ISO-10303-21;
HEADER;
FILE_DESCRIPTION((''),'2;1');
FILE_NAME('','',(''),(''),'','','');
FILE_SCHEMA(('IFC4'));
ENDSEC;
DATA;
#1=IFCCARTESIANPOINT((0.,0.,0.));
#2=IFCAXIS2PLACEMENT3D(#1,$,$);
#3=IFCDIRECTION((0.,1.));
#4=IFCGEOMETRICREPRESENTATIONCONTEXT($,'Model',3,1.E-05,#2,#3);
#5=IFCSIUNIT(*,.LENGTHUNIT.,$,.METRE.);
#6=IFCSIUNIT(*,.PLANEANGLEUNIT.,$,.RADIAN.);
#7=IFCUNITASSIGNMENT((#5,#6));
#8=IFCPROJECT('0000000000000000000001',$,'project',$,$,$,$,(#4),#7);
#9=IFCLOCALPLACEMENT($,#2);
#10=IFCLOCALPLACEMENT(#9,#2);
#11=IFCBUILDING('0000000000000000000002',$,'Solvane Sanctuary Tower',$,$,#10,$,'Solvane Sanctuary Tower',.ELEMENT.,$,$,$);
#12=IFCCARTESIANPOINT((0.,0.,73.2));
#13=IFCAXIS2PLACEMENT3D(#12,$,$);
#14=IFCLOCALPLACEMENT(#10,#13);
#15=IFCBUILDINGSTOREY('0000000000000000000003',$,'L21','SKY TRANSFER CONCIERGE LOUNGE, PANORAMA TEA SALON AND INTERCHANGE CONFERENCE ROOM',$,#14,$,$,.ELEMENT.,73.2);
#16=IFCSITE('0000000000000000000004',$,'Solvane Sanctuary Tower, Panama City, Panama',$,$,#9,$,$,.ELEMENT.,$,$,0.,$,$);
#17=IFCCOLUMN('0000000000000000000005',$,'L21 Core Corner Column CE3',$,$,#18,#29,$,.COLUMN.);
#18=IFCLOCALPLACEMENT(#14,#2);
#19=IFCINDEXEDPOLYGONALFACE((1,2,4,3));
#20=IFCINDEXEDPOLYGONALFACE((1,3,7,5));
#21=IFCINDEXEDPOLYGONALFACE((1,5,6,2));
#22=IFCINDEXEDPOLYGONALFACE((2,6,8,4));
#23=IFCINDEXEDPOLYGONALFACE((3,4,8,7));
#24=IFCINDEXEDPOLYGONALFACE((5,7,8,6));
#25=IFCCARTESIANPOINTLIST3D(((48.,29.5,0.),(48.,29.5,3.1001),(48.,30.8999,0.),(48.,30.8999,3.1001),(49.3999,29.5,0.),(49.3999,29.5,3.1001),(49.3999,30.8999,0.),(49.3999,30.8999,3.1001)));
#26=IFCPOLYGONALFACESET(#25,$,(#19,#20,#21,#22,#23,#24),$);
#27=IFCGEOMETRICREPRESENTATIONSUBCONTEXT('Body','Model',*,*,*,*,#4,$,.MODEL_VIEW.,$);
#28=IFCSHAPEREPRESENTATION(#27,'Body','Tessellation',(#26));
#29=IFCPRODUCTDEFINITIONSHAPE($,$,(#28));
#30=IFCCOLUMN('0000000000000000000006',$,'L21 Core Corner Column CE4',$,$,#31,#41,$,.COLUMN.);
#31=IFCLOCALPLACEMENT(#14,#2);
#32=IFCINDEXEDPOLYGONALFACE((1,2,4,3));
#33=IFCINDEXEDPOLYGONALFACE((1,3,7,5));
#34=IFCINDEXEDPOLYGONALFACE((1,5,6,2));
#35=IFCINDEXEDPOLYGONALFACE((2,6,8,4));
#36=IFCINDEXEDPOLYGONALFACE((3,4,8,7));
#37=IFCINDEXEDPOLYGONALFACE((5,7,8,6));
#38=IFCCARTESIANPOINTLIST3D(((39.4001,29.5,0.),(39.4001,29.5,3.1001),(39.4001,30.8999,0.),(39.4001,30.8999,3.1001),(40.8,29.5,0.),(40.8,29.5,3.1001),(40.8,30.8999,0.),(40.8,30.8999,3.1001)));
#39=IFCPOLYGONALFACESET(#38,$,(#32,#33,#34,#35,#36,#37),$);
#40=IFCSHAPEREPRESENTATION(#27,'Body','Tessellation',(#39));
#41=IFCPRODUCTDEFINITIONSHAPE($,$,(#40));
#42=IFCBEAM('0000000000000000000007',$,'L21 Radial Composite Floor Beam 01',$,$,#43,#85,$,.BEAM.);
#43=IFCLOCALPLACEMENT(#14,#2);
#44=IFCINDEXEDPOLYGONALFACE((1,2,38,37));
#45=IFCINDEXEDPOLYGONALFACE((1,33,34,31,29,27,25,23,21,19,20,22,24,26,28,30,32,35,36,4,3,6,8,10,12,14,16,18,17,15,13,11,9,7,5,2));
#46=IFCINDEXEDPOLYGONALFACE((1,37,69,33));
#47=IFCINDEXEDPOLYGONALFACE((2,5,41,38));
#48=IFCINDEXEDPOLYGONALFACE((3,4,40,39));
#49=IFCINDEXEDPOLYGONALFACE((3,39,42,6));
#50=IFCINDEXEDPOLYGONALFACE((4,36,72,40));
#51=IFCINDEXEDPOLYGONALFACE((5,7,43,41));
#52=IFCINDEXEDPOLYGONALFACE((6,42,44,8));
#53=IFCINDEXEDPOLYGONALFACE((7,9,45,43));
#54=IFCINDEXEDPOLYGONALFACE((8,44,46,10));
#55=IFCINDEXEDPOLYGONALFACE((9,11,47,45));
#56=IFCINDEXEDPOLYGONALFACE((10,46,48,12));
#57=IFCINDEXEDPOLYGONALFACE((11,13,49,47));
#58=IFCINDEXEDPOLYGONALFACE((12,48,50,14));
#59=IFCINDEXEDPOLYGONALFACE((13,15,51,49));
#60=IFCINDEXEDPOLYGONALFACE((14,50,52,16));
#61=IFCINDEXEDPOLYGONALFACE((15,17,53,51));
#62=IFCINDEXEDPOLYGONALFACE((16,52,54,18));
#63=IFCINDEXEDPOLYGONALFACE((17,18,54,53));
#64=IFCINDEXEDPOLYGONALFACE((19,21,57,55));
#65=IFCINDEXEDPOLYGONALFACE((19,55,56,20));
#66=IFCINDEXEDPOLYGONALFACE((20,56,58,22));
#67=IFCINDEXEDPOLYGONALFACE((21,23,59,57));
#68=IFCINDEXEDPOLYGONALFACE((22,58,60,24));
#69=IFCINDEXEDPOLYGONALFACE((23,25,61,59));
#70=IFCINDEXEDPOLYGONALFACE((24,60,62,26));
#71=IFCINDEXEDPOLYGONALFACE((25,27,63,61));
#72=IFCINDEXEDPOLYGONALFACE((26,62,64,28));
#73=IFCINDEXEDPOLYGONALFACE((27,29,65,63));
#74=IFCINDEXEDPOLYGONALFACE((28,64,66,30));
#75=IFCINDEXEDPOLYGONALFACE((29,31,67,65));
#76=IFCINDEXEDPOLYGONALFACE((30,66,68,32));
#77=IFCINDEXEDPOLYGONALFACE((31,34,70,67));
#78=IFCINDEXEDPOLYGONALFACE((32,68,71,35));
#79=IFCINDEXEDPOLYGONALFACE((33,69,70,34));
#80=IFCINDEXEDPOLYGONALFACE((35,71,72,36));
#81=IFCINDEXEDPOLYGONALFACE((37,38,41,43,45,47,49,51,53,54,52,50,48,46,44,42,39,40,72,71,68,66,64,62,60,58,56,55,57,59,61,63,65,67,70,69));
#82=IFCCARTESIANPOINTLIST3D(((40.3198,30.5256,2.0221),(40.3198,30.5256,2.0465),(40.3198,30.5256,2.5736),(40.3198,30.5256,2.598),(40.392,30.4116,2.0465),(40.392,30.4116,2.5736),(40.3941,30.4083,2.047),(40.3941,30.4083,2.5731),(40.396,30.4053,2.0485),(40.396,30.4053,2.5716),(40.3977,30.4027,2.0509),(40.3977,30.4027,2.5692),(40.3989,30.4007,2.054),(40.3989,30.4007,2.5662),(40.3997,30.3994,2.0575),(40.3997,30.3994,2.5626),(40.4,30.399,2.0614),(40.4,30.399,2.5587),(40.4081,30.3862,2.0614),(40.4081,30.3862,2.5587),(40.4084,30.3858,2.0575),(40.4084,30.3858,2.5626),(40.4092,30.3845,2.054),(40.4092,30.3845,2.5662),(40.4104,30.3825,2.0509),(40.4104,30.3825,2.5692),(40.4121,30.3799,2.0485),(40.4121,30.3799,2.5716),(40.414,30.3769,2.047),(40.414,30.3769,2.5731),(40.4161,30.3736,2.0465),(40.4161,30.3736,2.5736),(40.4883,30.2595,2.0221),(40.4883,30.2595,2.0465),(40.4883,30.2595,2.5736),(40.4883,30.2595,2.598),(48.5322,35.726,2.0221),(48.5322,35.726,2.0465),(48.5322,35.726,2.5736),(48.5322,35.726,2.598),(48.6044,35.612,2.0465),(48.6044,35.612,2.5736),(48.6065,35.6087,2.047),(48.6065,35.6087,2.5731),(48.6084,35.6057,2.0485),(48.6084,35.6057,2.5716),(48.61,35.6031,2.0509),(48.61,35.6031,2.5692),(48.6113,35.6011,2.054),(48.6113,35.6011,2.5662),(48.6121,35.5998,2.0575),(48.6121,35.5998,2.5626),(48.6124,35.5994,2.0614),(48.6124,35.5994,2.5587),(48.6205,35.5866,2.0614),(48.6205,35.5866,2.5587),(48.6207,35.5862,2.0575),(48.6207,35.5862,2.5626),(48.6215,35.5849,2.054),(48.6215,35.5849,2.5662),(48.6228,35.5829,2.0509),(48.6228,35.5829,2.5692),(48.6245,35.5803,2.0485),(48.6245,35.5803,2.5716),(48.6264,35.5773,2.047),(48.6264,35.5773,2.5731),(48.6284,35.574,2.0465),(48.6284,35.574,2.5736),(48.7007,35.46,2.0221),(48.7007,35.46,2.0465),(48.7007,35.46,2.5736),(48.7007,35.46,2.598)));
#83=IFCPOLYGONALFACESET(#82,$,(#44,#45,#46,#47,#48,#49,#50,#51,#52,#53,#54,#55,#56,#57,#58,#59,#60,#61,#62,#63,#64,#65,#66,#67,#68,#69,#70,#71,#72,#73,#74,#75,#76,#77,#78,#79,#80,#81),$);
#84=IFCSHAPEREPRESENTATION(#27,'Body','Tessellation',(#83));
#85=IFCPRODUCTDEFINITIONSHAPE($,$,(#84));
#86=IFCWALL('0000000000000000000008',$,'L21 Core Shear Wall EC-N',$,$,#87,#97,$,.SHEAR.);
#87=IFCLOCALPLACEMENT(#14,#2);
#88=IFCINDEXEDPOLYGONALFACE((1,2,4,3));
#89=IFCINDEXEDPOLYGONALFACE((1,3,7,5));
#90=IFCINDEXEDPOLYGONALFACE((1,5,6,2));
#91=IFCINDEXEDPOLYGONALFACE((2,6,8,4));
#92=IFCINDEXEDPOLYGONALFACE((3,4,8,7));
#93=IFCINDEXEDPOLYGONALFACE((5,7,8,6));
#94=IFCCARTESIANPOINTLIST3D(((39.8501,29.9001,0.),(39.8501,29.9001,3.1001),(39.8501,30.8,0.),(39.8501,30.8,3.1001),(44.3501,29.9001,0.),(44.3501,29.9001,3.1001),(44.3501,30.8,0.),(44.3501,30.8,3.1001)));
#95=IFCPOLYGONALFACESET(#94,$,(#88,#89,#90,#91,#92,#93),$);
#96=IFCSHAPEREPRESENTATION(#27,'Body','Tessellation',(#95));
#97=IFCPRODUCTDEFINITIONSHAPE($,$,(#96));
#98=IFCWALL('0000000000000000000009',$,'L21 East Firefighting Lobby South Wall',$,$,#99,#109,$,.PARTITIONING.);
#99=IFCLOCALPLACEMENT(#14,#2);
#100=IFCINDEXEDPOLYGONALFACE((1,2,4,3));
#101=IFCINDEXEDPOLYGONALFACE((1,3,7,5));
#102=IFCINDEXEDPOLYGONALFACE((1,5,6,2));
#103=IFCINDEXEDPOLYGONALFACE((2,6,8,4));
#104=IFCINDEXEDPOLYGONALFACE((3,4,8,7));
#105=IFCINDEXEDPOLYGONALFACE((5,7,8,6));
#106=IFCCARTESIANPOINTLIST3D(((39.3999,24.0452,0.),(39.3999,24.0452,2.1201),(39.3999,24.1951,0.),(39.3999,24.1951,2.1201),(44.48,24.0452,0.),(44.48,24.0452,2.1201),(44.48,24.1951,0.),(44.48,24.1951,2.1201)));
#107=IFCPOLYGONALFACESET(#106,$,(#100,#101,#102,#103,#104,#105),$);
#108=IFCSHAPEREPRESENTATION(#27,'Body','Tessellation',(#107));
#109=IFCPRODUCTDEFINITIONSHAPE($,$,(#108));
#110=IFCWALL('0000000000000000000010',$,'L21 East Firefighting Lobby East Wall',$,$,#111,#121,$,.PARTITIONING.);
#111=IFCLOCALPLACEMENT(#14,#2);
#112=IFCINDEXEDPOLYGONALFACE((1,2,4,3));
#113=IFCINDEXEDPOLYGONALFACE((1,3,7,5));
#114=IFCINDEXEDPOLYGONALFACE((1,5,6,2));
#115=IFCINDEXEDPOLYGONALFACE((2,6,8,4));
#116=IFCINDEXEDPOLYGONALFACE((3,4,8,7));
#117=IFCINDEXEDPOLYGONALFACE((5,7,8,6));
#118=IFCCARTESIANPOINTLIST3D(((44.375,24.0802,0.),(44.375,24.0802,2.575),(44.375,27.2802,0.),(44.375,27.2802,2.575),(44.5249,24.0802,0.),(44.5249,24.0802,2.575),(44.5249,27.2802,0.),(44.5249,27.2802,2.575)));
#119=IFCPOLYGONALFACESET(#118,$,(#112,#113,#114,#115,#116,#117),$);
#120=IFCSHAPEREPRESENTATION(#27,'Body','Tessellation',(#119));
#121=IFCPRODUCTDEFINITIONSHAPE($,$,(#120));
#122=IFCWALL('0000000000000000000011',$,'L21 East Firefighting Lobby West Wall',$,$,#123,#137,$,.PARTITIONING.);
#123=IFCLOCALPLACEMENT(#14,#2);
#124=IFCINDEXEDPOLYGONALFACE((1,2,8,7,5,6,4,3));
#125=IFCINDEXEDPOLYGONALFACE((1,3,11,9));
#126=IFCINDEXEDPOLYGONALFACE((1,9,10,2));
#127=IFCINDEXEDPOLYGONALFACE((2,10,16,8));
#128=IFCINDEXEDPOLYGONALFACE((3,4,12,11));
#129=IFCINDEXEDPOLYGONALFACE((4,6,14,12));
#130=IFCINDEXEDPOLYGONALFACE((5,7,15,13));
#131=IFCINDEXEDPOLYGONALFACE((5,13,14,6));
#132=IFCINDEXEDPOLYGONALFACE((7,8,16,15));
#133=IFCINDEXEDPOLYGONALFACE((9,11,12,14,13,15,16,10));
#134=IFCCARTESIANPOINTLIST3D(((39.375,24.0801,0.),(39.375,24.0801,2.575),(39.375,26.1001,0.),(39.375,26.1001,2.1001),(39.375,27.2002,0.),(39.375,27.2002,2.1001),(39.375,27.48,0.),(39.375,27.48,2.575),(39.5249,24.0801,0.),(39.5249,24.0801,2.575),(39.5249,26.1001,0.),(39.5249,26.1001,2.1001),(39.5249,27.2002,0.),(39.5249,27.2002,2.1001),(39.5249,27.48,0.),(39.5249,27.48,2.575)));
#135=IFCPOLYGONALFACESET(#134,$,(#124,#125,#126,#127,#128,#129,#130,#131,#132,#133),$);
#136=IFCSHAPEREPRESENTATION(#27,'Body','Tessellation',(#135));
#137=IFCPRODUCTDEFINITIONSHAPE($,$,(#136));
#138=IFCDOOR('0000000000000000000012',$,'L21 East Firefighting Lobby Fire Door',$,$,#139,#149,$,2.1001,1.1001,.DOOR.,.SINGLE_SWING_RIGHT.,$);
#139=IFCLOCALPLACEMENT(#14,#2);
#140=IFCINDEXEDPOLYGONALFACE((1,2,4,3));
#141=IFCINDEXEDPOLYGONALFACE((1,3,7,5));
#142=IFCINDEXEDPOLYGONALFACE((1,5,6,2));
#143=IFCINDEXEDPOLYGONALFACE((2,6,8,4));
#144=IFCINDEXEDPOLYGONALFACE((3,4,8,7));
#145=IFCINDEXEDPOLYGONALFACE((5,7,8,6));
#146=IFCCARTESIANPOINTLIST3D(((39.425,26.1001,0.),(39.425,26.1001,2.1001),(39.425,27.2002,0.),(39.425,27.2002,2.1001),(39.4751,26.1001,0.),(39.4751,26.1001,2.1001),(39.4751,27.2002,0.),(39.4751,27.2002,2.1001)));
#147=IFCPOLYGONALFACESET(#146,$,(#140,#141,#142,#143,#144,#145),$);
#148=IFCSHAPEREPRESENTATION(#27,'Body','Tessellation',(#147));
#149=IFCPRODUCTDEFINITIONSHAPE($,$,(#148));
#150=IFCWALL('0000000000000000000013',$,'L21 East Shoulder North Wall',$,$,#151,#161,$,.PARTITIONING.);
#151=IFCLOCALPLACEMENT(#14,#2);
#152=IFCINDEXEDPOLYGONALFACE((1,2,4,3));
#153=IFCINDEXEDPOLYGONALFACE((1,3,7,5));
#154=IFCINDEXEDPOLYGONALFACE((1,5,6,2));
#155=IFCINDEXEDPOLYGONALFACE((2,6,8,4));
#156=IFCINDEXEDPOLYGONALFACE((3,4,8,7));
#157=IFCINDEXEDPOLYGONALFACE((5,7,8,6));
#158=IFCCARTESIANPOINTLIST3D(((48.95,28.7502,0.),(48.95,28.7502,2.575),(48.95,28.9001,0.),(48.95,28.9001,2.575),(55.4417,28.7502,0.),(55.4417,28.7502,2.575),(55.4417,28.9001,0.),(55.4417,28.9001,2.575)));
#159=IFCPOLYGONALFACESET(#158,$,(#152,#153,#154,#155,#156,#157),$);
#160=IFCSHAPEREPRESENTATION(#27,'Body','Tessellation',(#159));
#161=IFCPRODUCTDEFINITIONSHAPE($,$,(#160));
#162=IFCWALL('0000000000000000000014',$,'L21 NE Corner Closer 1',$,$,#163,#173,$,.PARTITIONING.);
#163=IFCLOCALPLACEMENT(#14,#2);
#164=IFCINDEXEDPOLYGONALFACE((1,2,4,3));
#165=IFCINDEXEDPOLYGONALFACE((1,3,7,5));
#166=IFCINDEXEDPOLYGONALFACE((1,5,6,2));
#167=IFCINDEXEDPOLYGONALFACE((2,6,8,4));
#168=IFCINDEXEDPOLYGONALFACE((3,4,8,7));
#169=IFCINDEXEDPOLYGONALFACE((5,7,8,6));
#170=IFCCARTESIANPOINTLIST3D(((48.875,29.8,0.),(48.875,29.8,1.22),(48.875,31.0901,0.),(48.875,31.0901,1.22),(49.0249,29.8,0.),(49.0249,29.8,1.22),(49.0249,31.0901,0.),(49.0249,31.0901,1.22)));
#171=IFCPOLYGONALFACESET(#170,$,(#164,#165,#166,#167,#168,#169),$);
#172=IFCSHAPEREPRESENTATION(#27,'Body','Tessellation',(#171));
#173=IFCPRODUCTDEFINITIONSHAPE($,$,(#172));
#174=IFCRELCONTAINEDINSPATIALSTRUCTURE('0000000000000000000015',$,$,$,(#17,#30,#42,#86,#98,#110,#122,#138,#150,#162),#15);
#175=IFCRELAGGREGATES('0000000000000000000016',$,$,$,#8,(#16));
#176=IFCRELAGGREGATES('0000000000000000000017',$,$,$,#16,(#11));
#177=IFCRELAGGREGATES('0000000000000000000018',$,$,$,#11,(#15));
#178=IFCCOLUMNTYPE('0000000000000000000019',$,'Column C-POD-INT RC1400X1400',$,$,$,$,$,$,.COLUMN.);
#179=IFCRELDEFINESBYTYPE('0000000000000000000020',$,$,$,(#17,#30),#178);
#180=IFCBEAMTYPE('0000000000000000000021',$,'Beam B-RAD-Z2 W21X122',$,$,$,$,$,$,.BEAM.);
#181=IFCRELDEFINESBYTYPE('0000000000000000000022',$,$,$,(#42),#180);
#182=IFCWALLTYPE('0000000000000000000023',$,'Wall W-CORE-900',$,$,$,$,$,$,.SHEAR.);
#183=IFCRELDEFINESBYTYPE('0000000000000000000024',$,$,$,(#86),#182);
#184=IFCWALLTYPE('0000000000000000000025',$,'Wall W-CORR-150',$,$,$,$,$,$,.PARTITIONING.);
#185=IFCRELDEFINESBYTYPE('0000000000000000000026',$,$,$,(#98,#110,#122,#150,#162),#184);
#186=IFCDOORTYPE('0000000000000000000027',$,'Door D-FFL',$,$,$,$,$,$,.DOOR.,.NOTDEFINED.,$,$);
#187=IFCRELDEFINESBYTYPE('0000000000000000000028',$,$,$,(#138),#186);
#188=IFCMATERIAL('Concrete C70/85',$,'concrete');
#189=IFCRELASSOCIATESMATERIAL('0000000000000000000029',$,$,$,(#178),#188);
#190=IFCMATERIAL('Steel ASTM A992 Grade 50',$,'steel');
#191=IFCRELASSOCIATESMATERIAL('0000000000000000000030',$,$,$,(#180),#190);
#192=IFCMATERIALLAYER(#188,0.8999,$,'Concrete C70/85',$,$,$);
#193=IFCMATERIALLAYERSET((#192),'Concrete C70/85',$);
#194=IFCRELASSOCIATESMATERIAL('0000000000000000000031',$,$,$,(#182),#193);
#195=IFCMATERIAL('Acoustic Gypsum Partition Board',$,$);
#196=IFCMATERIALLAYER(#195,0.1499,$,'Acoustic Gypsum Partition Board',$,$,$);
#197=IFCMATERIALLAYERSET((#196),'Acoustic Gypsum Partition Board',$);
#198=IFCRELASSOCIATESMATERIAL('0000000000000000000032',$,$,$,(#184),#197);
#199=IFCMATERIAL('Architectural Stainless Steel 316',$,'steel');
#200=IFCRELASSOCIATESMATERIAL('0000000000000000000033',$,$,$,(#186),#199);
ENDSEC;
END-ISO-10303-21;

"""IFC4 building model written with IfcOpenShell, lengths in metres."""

from ifc_helpers import new_model, si_unit, direction, frame, frame_2d, origin, origin_2d, place, context, subcontext, project, spatial, rectangle, i_section, extrude, material, layer, layer_set, material_profile, profile_set, type_object, element, fill, save


model = new_model("IFC4")

# Units and contexts
model_context = context("Model", 3, precision=1e-05, world=origin(), true_north=direction((0.0, 1.0)))
body_context = subcontext(model_context, "Body", "Model", "MODEL_VIEW")
ifc_project = project(units=[si_unit("LENGTHUNIT", "METRE"), si_unit("PLANEANGLEUNIT", "RADIAN")], contexts=[model_context])

# Site, building, storey
site_placement = place(None, origin())
site = spatial("IfcSite", under=ifc_project, at=site_placement, Name="Solvane Sanctuary Tower, Panama City, Panama", CompositionType="ELEMENT", RefElevation=0.0)
building_placement = place(site_placement, origin())
building = spatial("IfcBuilding", under=site, at=building_placement, Name="Solvane Sanctuary Tower", LongName="Solvane Sanctuary Tower", CompositionType="ELEMENT")
storey_placement = place(building_placement, frame((0.0, 0.0, 73.2)))
storey = spatial("IfcBuildingStorey", under=building, at=storey_placement, Name="L21", Description="SKY TRANSFER CONCIERGE LOUNGE, PANORAMA TEA SALON AND INTERCHANGE CONFERENCE ROOM", CompositionType="ELEMENT", Elevation=73.2)

# Columns
ifc_material_1 = material(Name="Concrete C70/85", Category="concrete")
ifc_material_profile_1 = material_profile(ifc_material_1, rectangle(XDim=1.3999, YDim=1.3999, at=origin_2d()), Name="RC1400X1400")
ifc_profile_set_1 = profile_set([ifc_material_profile_1], Name="Concrete C70/85")
column_type = type_object("IfcColumnType", Name="Column C-POD-INT RC1400X1400", PredefinedType="COLUMN", material=ifc_profile_set_1)
for number, where, z_axis, x_axis, name in (
    (1, (48.7, 30.2, 0.0), (0.0, 0.0, 1.0), (1.0, 0.0, 0.0), "L21 Core Corner Column CE3"),
    (2, (40.1001, 30.2, 0.0), (0.0, 0.0, 1.0), (1.0, 0.0, 0.0), "L21 Core Corner Column CE4"),
):
    element("IfcColumn", number, at=place(storey_placement, frame(where, z_axis=z_axis, x_axis=x_axis)), inside=storey, type_object=column_type, Name=name, PredefinedType="COLUMN", context=body_context, shape_type="SweptSolid", body=[
        extrude(rectangle(XDim=1.3999, YDim=1.3999, at=origin_2d()), origin(), (0.0, 0.0, 1.0), 3.1001),
    ])

# Beam
ifc_material_2 = material(Name="Steel ASTM A992 Grade 50", Category="steel")
ifc_material_profile_2 = material_profile(ifc_material_2, i_section(OverallWidth=0.3149, OverallDepth=0.5759, WebThickness=0.0151, FlangeThickness=0.0244, FilletRadius=0.0149, at=origin_2d()), Name="W21X122")
ifc_profile_set_2 = profile_set([ifc_material_profile_2], Name="Steel ASTM A992 Grade 50")
beam_type = type_object("IfcBeamType", Name="Beam B-RAD-Z2 W21X122", PredefinedType="BEAM", material=ifc_profile_set_2)
beam_placement = place(storey_placement, frame((40.4041, 30.3926, 2.3101), z_axis=(0.844854, 0.534997, 0.0), x_axis=(-0.534997, 0.844854, 0.0)))
element("IfcBeam", 3, at=beam_placement, inside=storey, type_object=beam_type, Name="L21 Radial Composite Floor Beam 01", PredefinedType="BEAM", context=body_context, shape_type="SweptSolid", body=[
    extrude(i_section(OverallWidth=0.3149, OverallDepth=0.5759, WebThickness=0.0151, FlangeThickness=0.0244, FilletRadius=0.0149, at=origin_2d()), origin(), (0.0, 0.0, 1.0), 9.7205),
])

# Walls
ifc_layer_1 = layer(ifc_material_1, 0.8999, Name="Concrete C70/85")
ifc_layer_set_1 = layer_set([ifc_layer_1], Name="Concrete C70/85")
wall_type_1 = type_object("IfcWallType", Name="Wall W-CORE-900", PredefinedType="SHEAR", material=ifc_layer_set_1)
wall_1_placement = place(storey_placement, frame((39.8501, 30.3501, 0.0), z_axis=(0.0, 0.0, 1.0), x_axis=(1.0, 0.0, 0.0)))
element("IfcWall", 4, at=wall_1_placement, inside=storey, type_object=wall_type_1, Name="L21 Core Shear Wall EC-N", PredefinedType="SHEAR", context=body_context, shape_type="SweptSolid", body=[
    extrude(rectangle(XDim=4.5, YDim=0.8999, at=frame_2d((2.25, 0.0))), origin(), (0.0, 0.0, 1.0), 3.1001),
])
ifc_material_3 = material(Name="Acoustic Gypsum Partition Board")
ifc_layer_2 = layer(ifc_material_3, 0.1499, Name="Acoustic Gypsum Partition Board")
ifc_layer_set_2 = layer_set([ifc_layer_2], Name="Acoustic Gypsum Partition Board")
wall_type_2 = type_object("IfcWallType", Name="Wall W-CORR-150", PredefinedType="PARTITIONING", material=ifc_layer_set_2)
wall_2_placement = place(storey_placement, frame((39.3999, 24.1201, 0.0), z_axis=(0.0, 0.0, 1.0), x_axis=(1.0, 0.0, 0.0)))
element("IfcWall", 5, at=wall_2_placement, inside=storey, type_object=wall_type_2, Name="L21 East Firefighting Lobby South Wall", PredefinedType="PARTITIONING", context=body_context, shape_type="SweptSolid", body=[
    extrude(rectangle(XDim=5.0801, YDim=0.1499, at=frame_2d((2.54, 0.0))), origin(), (0.0, 0.0, 1.0), 2.1201),
])
wall_3_placement = place(storey_placement, frame((44.45, 24.0801, 0.0), z_axis=(0.0, 0.0, 1.0), x_axis=(0.0, 1.0, 0.0)))
element("IfcWall", 6, at=wall_3_placement, inside=storey, type_object=wall_type_2, Name="L21 East Firefighting Lobby East Wall", PredefinedType="PARTITIONING", context=body_context, shape_type="SweptSolid", body=[
    extrude(rectangle(XDim=3.2, YDim=0.1499, at=frame_2d((1.6001, 0.0))), origin(), (0.0, 0.0, 1.0), 2.575),
])

# Wall, opening, door
wall_4_placement = place(storey_placement, frame((39.45, 24.0801, 0.0), z_axis=(0.0, 0.0, 1.0), x_axis=(0.0, 1.0, 0.0)))
wall_4 = element("IfcWall", 7, at=wall_4_placement, inside=storey, type_object=wall_type_2, Name="L21 East Firefighting Lobby West Wall", PredefinedType="PARTITIONING", context=body_context, shape_type="SweptSolid", body=[
    extrude(rectangle(XDim=3.3999, YDim=0.1499, at=frame_2d((1.7, 0.0))), origin(), (0.0, 0.0, 1.0), 2.575),
])
opening_1_placement = place(wall_4_placement, frame((2.02, 0.0, 0.0)))
opening_1 = element("IfcOpeningElement", 8, at=opening_1_placement, cuts=wall_4, PredefinedType="OPENING", context=body_context, shape_type="SweptSolid", body=[
    extrude(rectangle(XDim=1.1001, YDim=2.1001, at=frame_2d((0.55, 1.05))), frame((0.0, 0.085, 0.0), z_axis=(0.0, -1.0, 0.0), x_axis=(1.0, 0.0, 0.0)), (0.0, 0.0, 1.0), 0.1699),
])
ifc_material_4 = material(Name="Architectural Stainless Steel 316", Category="steel")
door_type_1 = type_object("IfcDoorType", Name="Door D-FFL", OperationType="NOTDEFINED", PredefinedType="DOOR", material=ifc_material_4)
door_1_placement = place(opening_1_placement, origin())
door_1 = element("IfcDoor", 9, at=door_1_placement, inside=storey, type_object=door_type_1, Name="L21 East Firefighting Lobby Fire Door", OperationType="SINGLE_SWING_RIGHT", OverallHeight=2.1001, OverallWidth=1.1001, PredefinedType="DOOR", context=body_context, shape_type="SweptSolid", body=[
    extrude(rectangle(XDim=1.1001, YDim=2.1001, at=frame_2d((0.55, 1.05))), frame((0.0, 0.0249, 0.0), z_axis=(0.0, -1.0, 0.0), x_axis=(1.0, 0.0, 0.0)), (0.0, 0.0, 1.0), 0.05),
])
fill(opening_1, door_1)

# Walls
wall_5_placement = place(storey_placement, frame((48.95, 28.8252, 0.0), z_axis=(0.0, 0.0, 1.0), x_axis=(1.0, 0.0, 0.0)))
element("IfcWall", 10, at=wall_5_placement, inside=storey, type_object=wall_type_2, Name="L21 East Shoulder North Wall", PredefinedType="PARTITIONING", context=body_context, shape_type="SweptSolid", body=[
    extrude(rectangle(XDim=6.4917, YDim=0.1499, at=frame_2d((3.2458, 0.0))), origin(), (0.0, 0.0, 1.0), 2.575),
])
wall_6_placement = place(storey_placement, frame((48.95, 29.8, 0.0), z_axis=(0.0, 0.0, 1.0), x_axis=(0.0, 1.0, 0.0)))
element("IfcWall", 11, at=wall_6_placement, inside=storey, type_object=wall_type_2, Name="L21 NE Corner Closer 1", PredefinedType="PARTITIONING", context=body_context, shape_type="SweptSolid", body=[
    extrude(rectangle(XDim=1.29, YDim=0.1499, at=frame_2d((0.645, 0.0))), origin(), (0.0, 0.0, 1.0), 1.22),
])

save(model, "model.ifc")
